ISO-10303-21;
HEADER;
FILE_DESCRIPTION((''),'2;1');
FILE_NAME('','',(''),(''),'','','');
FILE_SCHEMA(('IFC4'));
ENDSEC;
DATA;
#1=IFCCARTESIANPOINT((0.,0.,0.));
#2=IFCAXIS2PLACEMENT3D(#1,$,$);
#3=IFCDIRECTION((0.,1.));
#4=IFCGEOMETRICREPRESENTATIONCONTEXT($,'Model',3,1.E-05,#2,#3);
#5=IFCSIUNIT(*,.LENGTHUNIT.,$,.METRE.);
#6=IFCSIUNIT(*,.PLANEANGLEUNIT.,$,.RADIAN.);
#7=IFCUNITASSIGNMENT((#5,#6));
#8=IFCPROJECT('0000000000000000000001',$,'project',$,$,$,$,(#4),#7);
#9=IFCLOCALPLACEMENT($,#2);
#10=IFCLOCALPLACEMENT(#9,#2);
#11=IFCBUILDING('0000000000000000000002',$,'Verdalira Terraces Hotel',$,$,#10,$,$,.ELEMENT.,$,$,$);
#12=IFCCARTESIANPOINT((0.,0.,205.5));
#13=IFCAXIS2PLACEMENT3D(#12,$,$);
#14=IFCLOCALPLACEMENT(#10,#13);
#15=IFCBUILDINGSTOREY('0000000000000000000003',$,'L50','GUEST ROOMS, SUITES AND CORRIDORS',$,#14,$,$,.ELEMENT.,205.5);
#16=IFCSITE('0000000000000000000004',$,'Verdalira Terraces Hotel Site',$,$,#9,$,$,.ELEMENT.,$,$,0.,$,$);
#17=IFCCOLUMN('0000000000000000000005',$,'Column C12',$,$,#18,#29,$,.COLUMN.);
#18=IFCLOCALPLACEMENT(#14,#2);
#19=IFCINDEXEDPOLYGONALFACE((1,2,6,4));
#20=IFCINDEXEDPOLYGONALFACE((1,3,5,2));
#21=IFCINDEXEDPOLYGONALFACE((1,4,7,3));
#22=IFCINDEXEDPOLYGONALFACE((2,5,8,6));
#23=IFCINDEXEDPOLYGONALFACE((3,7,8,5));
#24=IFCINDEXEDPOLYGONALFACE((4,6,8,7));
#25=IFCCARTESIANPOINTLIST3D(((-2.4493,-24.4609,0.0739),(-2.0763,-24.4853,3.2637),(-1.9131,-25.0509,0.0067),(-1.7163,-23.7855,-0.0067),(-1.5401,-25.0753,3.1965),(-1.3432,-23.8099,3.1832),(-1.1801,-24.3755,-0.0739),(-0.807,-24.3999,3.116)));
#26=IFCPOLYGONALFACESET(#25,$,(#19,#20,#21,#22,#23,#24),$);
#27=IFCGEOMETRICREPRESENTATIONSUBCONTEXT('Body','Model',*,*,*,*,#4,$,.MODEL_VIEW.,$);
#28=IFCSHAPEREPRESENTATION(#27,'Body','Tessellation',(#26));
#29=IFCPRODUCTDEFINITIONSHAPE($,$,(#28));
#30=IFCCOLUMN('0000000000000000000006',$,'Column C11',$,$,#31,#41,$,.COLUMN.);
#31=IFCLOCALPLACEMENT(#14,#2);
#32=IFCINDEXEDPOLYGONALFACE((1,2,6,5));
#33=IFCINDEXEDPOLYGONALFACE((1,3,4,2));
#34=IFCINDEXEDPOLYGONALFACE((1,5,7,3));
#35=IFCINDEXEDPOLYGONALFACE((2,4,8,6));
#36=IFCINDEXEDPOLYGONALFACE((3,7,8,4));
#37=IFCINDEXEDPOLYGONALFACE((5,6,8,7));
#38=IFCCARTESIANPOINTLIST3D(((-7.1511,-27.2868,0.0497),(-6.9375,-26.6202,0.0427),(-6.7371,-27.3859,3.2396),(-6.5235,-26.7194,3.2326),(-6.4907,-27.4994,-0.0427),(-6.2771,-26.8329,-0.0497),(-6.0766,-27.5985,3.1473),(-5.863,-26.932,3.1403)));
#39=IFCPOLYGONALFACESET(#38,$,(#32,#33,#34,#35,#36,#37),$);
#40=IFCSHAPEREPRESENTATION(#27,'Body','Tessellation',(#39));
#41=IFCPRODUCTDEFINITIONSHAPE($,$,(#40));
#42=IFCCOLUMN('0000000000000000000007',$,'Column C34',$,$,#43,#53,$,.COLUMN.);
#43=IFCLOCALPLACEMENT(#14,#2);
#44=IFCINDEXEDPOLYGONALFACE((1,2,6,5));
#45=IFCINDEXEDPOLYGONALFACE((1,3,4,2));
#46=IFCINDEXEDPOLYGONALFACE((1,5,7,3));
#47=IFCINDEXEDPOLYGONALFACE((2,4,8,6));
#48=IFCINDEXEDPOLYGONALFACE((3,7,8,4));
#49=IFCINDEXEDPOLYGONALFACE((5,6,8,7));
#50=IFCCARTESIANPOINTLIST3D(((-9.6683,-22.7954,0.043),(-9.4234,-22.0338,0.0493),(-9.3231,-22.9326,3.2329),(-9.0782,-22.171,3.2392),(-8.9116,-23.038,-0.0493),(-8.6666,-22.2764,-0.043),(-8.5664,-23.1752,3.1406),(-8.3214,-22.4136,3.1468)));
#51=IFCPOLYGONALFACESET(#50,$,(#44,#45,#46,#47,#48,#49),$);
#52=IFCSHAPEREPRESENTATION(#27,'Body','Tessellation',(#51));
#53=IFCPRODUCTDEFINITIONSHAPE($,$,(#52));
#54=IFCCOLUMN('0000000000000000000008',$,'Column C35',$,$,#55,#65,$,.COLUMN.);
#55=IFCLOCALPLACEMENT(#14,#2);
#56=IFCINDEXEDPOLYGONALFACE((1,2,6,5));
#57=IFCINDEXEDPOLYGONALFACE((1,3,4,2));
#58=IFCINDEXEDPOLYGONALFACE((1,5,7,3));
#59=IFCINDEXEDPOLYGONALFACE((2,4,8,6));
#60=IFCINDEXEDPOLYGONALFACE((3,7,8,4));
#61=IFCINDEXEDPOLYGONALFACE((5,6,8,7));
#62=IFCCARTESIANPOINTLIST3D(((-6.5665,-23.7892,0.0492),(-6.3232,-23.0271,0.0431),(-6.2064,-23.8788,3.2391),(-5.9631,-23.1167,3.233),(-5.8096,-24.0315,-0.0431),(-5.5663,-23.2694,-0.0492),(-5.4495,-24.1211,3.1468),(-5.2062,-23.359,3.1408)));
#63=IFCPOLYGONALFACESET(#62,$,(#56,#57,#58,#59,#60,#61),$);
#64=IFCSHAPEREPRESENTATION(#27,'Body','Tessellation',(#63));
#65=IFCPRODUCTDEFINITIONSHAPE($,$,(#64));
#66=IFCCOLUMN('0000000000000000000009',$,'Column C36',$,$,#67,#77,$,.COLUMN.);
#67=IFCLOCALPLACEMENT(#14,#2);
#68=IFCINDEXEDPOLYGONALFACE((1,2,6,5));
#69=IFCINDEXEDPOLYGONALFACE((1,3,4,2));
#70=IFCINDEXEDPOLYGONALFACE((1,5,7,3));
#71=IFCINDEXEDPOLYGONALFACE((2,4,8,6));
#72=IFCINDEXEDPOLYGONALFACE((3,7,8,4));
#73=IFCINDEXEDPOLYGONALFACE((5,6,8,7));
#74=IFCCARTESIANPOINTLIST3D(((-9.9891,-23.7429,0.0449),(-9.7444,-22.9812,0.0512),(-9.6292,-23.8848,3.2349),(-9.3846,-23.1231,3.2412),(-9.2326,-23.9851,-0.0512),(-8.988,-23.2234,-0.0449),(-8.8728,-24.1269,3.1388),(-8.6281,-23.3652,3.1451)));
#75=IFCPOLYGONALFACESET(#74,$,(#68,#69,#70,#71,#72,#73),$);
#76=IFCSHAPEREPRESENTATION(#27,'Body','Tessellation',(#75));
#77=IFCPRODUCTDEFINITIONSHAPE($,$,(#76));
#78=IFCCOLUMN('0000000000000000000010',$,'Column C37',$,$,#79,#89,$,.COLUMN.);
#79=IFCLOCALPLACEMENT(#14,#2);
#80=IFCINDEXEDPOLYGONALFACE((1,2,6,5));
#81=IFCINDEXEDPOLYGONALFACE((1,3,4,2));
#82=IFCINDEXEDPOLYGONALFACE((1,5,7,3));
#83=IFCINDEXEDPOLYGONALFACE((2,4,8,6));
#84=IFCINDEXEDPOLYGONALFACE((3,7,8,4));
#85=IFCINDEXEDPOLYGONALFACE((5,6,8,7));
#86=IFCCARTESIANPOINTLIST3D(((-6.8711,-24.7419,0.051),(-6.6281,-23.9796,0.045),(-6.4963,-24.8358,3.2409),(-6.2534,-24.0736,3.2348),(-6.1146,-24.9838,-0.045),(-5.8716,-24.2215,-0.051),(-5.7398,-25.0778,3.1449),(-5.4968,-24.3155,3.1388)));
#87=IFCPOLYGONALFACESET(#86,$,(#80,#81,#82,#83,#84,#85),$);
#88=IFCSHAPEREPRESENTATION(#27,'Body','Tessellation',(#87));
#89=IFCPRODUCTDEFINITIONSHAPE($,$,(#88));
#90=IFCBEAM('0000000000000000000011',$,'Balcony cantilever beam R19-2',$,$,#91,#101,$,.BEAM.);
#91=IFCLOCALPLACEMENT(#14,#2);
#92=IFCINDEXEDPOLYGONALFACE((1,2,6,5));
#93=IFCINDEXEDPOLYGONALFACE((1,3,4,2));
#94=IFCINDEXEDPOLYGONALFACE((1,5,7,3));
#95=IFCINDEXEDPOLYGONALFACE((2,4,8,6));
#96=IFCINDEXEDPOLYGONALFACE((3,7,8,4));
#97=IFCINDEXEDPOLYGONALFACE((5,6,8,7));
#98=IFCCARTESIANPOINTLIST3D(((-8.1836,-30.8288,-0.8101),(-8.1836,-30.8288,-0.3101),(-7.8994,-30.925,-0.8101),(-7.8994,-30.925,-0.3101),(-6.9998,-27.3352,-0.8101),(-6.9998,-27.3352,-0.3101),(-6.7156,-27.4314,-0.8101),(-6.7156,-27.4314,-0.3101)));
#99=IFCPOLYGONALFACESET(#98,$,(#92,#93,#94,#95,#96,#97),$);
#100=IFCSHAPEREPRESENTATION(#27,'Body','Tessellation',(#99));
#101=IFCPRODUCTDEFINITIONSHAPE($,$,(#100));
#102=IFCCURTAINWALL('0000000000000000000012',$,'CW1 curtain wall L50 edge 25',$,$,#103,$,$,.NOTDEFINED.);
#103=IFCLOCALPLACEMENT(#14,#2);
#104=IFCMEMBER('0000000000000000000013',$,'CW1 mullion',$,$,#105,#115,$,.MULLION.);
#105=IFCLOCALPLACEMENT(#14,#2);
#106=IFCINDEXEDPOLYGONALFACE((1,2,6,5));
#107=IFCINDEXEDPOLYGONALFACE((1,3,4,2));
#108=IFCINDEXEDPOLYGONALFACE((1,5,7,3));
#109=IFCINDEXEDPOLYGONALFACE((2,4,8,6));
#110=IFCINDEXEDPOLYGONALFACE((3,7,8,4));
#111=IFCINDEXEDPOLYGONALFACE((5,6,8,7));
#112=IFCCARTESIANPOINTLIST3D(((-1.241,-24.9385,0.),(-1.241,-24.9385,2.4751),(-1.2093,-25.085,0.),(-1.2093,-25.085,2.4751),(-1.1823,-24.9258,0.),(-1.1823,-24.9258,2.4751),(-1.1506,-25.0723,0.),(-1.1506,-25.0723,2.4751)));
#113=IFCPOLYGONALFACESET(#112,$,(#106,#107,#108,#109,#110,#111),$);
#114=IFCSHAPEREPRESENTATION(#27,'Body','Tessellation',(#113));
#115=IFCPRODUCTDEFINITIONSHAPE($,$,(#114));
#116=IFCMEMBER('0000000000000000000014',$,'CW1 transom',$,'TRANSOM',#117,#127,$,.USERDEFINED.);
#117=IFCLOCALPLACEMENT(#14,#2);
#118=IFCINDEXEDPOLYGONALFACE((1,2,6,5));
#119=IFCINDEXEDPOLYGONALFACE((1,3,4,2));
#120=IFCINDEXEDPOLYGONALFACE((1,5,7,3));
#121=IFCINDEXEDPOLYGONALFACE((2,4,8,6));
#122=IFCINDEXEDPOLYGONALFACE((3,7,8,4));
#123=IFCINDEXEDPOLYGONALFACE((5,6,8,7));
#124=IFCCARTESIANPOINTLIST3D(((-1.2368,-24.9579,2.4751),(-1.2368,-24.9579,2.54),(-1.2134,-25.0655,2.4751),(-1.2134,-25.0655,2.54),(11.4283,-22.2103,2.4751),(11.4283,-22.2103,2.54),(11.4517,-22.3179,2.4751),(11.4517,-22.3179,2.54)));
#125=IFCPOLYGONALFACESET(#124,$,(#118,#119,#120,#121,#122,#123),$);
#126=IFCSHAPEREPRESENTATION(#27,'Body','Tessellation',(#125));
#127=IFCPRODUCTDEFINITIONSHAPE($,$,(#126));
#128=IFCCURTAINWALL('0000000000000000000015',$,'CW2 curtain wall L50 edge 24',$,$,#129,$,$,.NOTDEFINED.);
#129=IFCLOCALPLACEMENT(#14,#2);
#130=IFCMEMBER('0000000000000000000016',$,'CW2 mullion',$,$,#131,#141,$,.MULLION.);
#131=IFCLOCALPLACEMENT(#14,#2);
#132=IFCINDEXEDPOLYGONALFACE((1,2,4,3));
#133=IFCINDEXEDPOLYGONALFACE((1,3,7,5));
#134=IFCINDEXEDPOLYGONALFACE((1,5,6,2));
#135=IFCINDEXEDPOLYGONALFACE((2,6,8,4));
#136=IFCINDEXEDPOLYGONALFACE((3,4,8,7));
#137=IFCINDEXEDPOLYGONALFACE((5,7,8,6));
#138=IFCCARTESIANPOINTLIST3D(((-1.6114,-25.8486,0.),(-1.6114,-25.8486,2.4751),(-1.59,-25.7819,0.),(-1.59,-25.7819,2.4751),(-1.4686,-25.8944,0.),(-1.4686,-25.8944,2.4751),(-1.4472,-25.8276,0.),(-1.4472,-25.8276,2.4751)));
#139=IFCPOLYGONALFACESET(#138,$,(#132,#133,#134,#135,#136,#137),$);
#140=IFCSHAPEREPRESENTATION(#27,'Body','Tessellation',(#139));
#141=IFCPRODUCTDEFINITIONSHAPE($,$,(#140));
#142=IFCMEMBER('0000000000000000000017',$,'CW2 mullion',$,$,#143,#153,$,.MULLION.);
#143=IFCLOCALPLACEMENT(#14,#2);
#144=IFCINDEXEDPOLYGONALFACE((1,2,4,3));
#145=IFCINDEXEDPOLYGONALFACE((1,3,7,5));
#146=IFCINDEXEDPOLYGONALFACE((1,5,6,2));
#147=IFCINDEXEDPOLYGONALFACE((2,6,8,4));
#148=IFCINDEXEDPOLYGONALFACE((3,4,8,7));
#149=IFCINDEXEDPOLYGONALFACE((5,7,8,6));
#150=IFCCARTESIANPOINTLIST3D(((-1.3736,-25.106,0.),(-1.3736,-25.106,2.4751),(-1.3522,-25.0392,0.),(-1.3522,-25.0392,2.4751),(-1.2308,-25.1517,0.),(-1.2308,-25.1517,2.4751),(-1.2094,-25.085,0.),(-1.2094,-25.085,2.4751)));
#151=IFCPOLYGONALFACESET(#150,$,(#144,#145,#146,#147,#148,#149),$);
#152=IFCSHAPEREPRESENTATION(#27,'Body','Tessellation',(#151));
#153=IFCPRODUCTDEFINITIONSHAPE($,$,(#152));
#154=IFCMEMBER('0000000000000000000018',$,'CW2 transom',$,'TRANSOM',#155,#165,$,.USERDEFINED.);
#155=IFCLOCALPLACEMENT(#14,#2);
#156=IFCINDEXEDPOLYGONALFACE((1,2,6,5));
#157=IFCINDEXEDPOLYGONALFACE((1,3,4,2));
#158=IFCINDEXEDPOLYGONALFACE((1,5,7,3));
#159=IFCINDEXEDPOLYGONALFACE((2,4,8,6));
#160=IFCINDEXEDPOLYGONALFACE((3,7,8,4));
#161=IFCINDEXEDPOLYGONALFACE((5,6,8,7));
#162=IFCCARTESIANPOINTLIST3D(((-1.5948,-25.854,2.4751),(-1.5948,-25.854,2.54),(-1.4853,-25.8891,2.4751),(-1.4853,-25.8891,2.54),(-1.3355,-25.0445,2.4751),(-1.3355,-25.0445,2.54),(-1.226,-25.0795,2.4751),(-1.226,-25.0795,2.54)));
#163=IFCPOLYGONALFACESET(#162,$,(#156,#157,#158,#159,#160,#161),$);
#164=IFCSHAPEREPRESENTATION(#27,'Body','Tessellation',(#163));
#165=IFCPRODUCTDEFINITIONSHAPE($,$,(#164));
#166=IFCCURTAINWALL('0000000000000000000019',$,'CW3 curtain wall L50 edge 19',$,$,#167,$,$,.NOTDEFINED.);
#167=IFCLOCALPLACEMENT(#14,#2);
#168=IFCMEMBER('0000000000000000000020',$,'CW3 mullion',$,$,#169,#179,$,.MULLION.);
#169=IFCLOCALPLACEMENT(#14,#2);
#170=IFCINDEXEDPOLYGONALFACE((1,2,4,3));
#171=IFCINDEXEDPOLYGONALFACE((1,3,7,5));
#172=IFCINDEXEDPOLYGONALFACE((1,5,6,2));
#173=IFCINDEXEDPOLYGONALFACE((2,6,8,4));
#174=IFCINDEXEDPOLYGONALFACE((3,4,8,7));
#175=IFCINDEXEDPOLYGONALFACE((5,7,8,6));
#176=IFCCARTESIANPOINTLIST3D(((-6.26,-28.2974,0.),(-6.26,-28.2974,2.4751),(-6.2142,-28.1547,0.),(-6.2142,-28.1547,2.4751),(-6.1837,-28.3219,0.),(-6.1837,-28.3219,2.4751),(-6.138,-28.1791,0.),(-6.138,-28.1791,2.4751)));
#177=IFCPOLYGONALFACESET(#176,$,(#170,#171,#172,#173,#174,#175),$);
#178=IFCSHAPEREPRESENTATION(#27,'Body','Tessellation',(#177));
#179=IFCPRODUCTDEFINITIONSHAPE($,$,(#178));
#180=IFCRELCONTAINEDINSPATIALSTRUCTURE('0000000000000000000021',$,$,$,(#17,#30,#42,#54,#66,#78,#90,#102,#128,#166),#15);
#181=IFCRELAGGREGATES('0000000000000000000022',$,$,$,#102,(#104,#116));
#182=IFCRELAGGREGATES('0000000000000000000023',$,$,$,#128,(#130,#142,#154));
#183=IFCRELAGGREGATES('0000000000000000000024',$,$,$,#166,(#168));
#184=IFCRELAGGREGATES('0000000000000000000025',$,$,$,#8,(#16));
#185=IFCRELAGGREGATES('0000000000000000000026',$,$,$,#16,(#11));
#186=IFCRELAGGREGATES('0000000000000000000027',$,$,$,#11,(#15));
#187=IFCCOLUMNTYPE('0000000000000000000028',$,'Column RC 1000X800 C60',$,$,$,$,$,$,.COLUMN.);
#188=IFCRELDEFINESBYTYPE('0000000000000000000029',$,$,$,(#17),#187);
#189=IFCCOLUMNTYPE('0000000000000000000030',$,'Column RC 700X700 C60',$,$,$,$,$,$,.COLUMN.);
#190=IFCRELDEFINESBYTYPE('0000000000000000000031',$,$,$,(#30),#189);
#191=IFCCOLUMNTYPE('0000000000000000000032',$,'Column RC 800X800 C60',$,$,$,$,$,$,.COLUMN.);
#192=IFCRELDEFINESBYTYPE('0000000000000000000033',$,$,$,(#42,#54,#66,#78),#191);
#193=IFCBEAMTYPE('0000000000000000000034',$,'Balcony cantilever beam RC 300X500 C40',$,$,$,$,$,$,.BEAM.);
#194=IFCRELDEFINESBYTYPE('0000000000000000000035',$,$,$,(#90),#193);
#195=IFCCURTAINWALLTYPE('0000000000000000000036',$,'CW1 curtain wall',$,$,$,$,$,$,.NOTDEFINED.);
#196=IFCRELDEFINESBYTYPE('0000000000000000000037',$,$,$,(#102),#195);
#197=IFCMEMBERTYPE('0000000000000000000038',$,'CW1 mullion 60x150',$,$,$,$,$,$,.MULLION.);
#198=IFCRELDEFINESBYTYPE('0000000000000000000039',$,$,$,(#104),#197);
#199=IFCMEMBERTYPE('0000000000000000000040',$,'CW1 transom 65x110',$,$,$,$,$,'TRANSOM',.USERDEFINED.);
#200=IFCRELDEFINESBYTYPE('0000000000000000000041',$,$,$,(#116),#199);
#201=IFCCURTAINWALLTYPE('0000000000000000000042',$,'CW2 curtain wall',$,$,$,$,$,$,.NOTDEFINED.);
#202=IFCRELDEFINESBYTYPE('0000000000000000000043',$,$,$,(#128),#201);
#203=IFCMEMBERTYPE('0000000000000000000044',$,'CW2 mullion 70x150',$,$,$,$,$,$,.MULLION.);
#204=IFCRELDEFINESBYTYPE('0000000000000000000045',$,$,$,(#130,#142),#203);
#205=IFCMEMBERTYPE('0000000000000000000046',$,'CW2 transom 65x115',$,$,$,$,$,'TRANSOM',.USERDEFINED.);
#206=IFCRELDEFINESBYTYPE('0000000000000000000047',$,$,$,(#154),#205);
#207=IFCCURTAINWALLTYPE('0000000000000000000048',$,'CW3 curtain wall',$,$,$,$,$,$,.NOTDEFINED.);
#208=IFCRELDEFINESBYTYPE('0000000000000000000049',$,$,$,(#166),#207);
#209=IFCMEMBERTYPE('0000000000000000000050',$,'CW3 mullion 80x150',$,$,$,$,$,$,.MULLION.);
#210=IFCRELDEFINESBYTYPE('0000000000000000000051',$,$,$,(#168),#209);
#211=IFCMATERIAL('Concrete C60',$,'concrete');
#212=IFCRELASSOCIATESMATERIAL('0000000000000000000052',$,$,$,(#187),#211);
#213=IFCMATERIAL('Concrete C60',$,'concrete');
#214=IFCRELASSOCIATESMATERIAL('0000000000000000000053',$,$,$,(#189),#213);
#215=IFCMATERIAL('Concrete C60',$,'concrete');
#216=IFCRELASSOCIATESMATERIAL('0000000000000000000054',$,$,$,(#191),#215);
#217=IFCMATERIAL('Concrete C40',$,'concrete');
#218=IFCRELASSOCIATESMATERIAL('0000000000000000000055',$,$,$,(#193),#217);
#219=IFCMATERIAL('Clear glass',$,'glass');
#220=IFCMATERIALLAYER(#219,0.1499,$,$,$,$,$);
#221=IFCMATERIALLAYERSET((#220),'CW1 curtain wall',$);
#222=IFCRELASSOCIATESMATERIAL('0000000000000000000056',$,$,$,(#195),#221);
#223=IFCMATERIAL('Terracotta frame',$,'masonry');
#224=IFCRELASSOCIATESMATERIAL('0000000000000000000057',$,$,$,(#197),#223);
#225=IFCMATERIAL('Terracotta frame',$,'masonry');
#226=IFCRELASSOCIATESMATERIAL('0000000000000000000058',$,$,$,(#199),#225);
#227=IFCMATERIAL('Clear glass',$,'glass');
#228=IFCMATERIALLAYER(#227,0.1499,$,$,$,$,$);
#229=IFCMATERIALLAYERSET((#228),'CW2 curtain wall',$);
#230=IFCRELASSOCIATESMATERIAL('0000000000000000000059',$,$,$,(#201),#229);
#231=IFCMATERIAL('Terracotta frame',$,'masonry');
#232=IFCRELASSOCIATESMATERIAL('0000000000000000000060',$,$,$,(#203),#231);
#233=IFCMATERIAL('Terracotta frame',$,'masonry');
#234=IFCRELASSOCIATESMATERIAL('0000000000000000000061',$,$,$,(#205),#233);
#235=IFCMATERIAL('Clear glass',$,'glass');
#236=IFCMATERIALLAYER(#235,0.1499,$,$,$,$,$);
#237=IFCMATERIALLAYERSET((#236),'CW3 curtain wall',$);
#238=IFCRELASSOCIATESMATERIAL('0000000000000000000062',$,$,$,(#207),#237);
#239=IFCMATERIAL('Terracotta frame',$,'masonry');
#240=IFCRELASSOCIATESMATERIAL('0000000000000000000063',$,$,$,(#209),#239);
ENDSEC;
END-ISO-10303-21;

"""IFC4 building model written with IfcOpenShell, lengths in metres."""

from ifc_helpers import new_model, si_unit, direction, frame, origin, origin_2d, place, context, subcontext, project, spatial, rectangle, extrude, material, layer, layer_set, material_profile, profile_set, type_object, element, aggregate, save


model = new_model("IFC4")

# Units and contexts
model_context = context("Model", 3, precision=1e-05, world=origin(), true_north=direction((0.0, 1.0)))
body_context = subcontext(model_context, "Body", "Model", "MODEL_VIEW")
ifc_project = project(units=[si_unit("LENGTHUNIT", "METRE"), si_unit("PLANEANGLEUNIT", "RADIAN")], contexts=[model_context])

# Site, building, storey
site_placement = place(None, origin())
site = spatial("IfcSite", under=ifc_project, at=site_placement, Name="Verdalira Terraces Hotel Site", CompositionType="ELEMENT", RefElevation=0.0)
building_placement = place(site_placement, origin())
building = spatial("IfcBuilding", under=site, at=building_placement, Name="Verdalira Terraces Hotel", CompositionType="ELEMENT")
storey_placement = place(building_placement, frame((0.0, 0.0, 205.5)))
storey = spatial("IfcBuildingStorey", under=building, at=storey_placement, Name="L50", Description="GUEST ROOMS, SUITES AND CORRIDORS", CompositionType="ELEMENT", Elevation=205.5)

# Columns
ifc_material_1 = material(Name="Concrete C60", Category="concrete")
ifc_material_profile_1 = material_profile(ifc_material_1, rectangle(XDim=1.0, YDim=0.8, at=origin_2d()), Name="RC 1000X800")
ifc_profile_set_1 = profile_set([ifc_material_profile_1], Name="Concrete C60")
column_type_1 = type_object("IfcColumnType", Name="Column RC 1000X800 C60", PredefinedType="COLUMN", material=ifc_profile_set_1)
column_1_placement = place(storey_placement, frame((-1.8147, -24.4182, 0.0), z_axis=(0.11615, -0.007601, 0.993203), x_axis=(-0.733039, -0.675399, 0.080556)))
element("IfcColumn", 1, at=column_1_placement, inside=storey, type_object=column_type_1, Name="Column C12", PredefinedType="COLUMN", context=body_context, shape_type="SweptSolid", body=[
    extrude(rectangle(XDim=1.0, YDim=0.8, at=origin_2d()), origin(), (0.0, 0.0, 1.0), 3.2117),
])
ifc_material_2 = material(Name="Concrete C60", Category="concrete")
ifc_material_profile_2 = material_profile(ifc_material_2, rectangle(XDim=0.7, YDim=0.7, at=origin_2d()), Name="RC 700X700")
ifc_profile_set_2 = profile_set([ifc_material_profile_2], Name="Concrete C60")
column_type_2 = type_object("IfcColumnType", Name="Column RC 700X700 C60", PredefinedType="COLUMN", material=ifc_profile_set_2)
column_2_placement = place(storey_placement, frame((-6.7141, -27.0598, 0.0), z_axis=(0.128662, -0.0308, 0.99121), x_axis=(0.943575, -0.303751, -0.131917)))
element("IfcColumn", 2, at=column_2_placement, inside=storey, type_object=column_type_2, Name="Column C11", PredefinedType="COLUMN", context=body_context, shape_type="SweptSolid", body=[
    extrude(rectangle(XDim=0.7, YDim=0.7, at=origin_2d()), origin(), (0.0, 0.0, 1.0), 3.2183),
])
ifc_material_3 = material(Name="Concrete C60", Category="concrete")
ifc_material_profile_3 = material_profile(ifc_material_3, rectangle(XDim=0.8, YDim=0.8, at=origin_2d()), Name="RC 800X800")
ifc_profile_set_3 = profile_set([ifc_material_profile_3], Name="Concrete C60")
column_type_3 = type_object("IfcColumnType", Name="Column RC 800X800 C60", PredefinedType="COLUMN", material=ifc_profile_set_3)
for number, where, z_axis, x_axis, name in (
    (3, (-9.1675, -22.5359, 0.0), (0.107493, -0.042724, 0.993287), (-0.306207, -0.951933, -0.007807), "Column C34"),
    (4, (-6.0664, -23.5293, 0.0), (0.112132, -0.0279, 0.993302), (-0.304105, -0.952608, 0.007573), "Column C35"),
):
    element("IfcColumn", number, at=place(storey_placement, frame(where, z_axis=z_axis, x_axis=x_axis)), inside=storey, type_object=column_type_3, Name=name, PredefinedType="COLUMN", context=body_context, shape_type="SweptSolid", body=[
        extrude(rectangle(XDim=0.8, YDim=0.8, at=origin_2d()), origin(), (0.0, 0.0, 1.0), 3.2114),
    ])
column_3_placement = place(storey_placement, frame((-9.4885, -23.4832, 0.0), z_axis=(0.111992, -0.044143, 0.992728), x_axis=(-0.305779, -0.95207, -0.00784)))
element("IfcColumn", 5, at=column_3_placement, inside=storey, type_object=column_type_3, Name="Column C36", PredefinedType="COLUMN", context=body_context, shape_type="SweptSolid", body=[
    extrude(rectangle(XDim=0.8, YDim=0.8, at=origin_2d()), origin(), (0.0, 0.0, 1.0), 3.2134),
])
column_4_placement = place(storey_placement, frame((-6.3713, -24.4817, 0.0), z_axis=(0.116628, -0.029252, 0.992745), x_axis=(-0.303692, -0.95274, 0.007605)))
element("IfcColumn", 6, at=column_4_placement, inside=storey, type_object=column_type_3, Name="Column C37", PredefinedType="COLUMN", context=body_context, shape_type="SweptSolid", body=[
    extrude(rectangle(XDim=0.8, YDim=0.8, at=origin_2d()), origin(), (0.0, 0.0, 1.0), 3.2131),
])

# Beam
ifc_material_4 = material(Name="Concrete C40", Category="concrete")
ifc_material_profile_4 = material_profile(ifc_material_4, rectangle(XDim=0.3, YDim=0.5, at=origin_2d()), Name="RC 300X500")
ifc_profile_set_4 = profile_set([ifc_material_profile_4], Name="Concrete C40")
beam_type_1 = type_object("IfcBeamType", Name="Balcony cantilever beam RC 300X500 C40", PredefinedType="BEAM", material=ifc_profile_set_4)
beam_1_placement = place(storey_placement, frame((-6.8577, -27.3833, -0.5601), z_axis=(-0.32093, -0.947103, 0.0), x_axis=(0.947103, -0.32093, 0.0)))
element("IfcBeam", 7, at=beam_1_placement, inside=storey, type_object=beam_type_1, Name="Balcony cantilever beam R19-2", PredefinedType="BEAM", context=body_context, shape_type="SweptSolid", body=[
    extrude(rectangle(XDim=0.3, YDim=0.5, at=origin_2d()), origin(), (0.0, 0.0, 1.0), 3.6887),
])

# Curtain walls, members
ifc_material_5 = material(Name="Clear glass", Category="glass")
ifc_layer_1 = layer(ifc_material_5, 0.1499)
ifc_layer_set_1 = layer_set([ifc_layer_1], Name="CW1 curtain wall")
curtain_wall_type_1 = type_object("IfcCurtainWallType", Name="CW1 curtain wall", PredefinedType="NOTDEFINED", material=ifc_layer_set_1)
curtain_wall_1_placement = place(storey_placement, origin())
curtain_wall_1 = element("IfcCurtainWall", 8, at=curtain_wall_1_placement, inside=storey, type_object=curtain_wall_type_1, Name="CW1 curtain wall L50 edge 25", PredefinedType="NOTDEFINED")
ifc_material_6 = material(Name="Terracotta frame", Category="masonry")
ifc_material_profile_5 = material_profile(ifc_material_6, rectangle(XDim=0.0601, YDim=0.1499, at=origin_2d()), Name="MU 60x150")
ifc_profile_set_5 = profile_set([ifc_material_profile_5], Name="Terracotta frame")
member_type_1 = type_object("IfcMemberType", Name="CW1 mullion 60x150", PredefinedType="MULLION", material=ifc_profile_set_5)
member_1_placement = place(storey_placement, frame((-1.1958, -25.0054, 0.0), z_axis=(0.0, 0.0, 1.0), x_axis=(0.977268, 0.212007, 0.0)))
member_1 = element("IfcMember", 9, at=member_1_placement, type_object=member_type_1, Name="CW1 mullion", PredefinedType="MULLION", context=body_context, shape_type="SweptSolid", body=[
    extrude(rectangle(XDim=0.0601, YDim=0.1499, at=origin_2d()), origin(), (0.0, 0.0, 1.0), 2.4751),
])
ifc_material_7 = material(Name="Terracotta frame", Category="masonry")
ifc_material_profile_6 = material_profile(ifc_material_7, rectangle(XDim=0.1101, YDim=0.0649, at=origin_2d()), Name="TR 65x110")
ifc_profile_set_6 = profile_set([ifc_material_profile_6], Name="Terracotta frame")
member_type_2 = type_object("IfcMemberType", Name="CW1 transom 65x110", ElementType="TRANSOM", PredefinedType="USERDEFINED", material=ifc_profile_set_6)
member_2_placement = place(storey_placement, frame((-1.2251, -25.0117, 2.5076), z_axis=(0.977268, 0.212009, 0.0), x_axis=(-0.212009, 0.977268, 0.0)))
member_2 = element("IfcMember", 10, at=member_2_placement, type_object=member_type_2, Name="CW1 transom", ObjectType="TRANSOM", PredefinedType="USERDEFINED", context=body_context, shape_type="SweptSolid", body=[
    extrude(rectangle(XDim=0.1101, YDim=0.0649, at=origin_2d()), origin(), (0.0, 0.0, 1.0), 12.9597),
])
aggregate(curtain_wall_1, [member_1, member_2])
ifc_material_8 = material(Name="Clear glass", Category="glass")
ifc_layer_2 = layer(ifc_material_8, 0.1499)
ifc_layer_set_2 = layer_set([ifc_layer_2], Name="CW2 curtain wall")
curtain_wall_type_2 = type_object("IfcCurtainWallType", Name="CW2 curtain wall", PredefinedType="NOTDEFINED", material=ifc_layer_set_2)
curtain_wall_2_placement = place(storey_placement, origin())
curtain_wall_2 = element("IfcCurtainWall", 11, at=curtain_wall_2_placement, inside=storey, type_object=curtain_wall_type_2, Name="CW2 curtain wall L50 edge 24", PredefinedType="NOTDEFINED")
ifc_material_9 = material(Name="Terracotta frame", Category="masonry")
ifc_material_profile_7 = material_profile(ifc_material_9, rectangle(XDim=0.0701, YDim=0.1499, at=origin_2d()), Name="MU 70x150")
ifc_profile_set_7 = profile_set([ifc_material_profile_7], Name="Terracotta frame")
member_type_3 = type_object("IfcMemberType", Name="CW2 mullion 70x150", PredefinedType="MULLION", material=ifc_profile_set_7)
member_3_placement = place(storey_placement, frame((-1.5293, -25.8381, 0.0), z_axis=(0.0, 0.0, 1.0), x_axis=(0.305031, 0.952343, 0.0)))
member_3 = element("IfcMember", 12, at=member_3_placement, type_object=member_type_3, Name="CW2 mullion", PredefinedType="MULLION", context=body_context, shape_type="SweptSolid", body=[
    extrude(rectangle(XDim=0.0701, YDim=0.1499, at=origin_2d()), origin(), (0.0, 0.0, 1.0), 2.4751),
])
member_4_placement = place(storey_placement, frame((-1.2915, -25.0955, 0.0), z_axis=(0.0, 0.0, 1.0), x_axis=(0.305031, 0.952343, 0.0)))
member_4 = element("IfcMember", 13, at=member_4_placement, type_object=member_type_3, Name="CW2 mullion", PredefinedType="MULLION", context=body_context, shape_type="SweptSolid", body=[
    extrude(rectangle(XDim=0.0701, YDim=0.1499, at=origin_2d()), origin(), (0.0, 0.0, 1.0), 2.4751),
])
ifc_material_10 = material(Name="Terracotta frame", Category="masonry")
ifc_material_profile_8 = material_profile(ifc_material_10, rectangle(XDim=0.115, YDim=0.0649, at=origin_2d()), Name="TR 65x115")
ifc_profile_set_8 = profile_set([ifc_material_profile_8], Name="Terracotta frame")
member_type_4 = type_object("IfcMemberType", Name="CW2 transom 65x115", ElementType="TRANSOM", PredefinedType="USERDEFINED", material=ifc_profile_set_8)
member_5_placement = place(storey_placement, frame((-1.54, -25.8716, 2.5076), z_axis=(0.305005, 0.952351, 0.0), x_axis=(-0.952351, 0.305005, 0.0)))
member_5 = element("IfcMember", 14, at=member_5_placement, type_object=member_type_4, Name="CW2 transom", ObjectType="TRANSOM", PredefinedType="USERDEFINED", context=body_context, shape_type="SweptSolid", body=[
    extrude(rectangle(XDim=0.115, YDim=0.0649, at=origin_2d()), origin(), (0.0, 0.0, 1.0), 0.8501),
])

# Curtain wall, member
ifc_material_11 = material(Name="Clear glass", Category="glass")
ifc_layer_3 = layer(ifc_material_11, 0.1499)
ifc_layer_set_3 = layer_set([ifc_layer_3], Name="CW3 curtain wall")
curtain_wall_type_3 = type_object("IfcCurtainWallType", Name="CW3 curtain wall", PredefinedType="NOTDEFINED", material=ifc_layer_set_3)
curtain_wall_3_placement = place(storey_placement, origin())
curtain_wall_3 = element("IfcCurtainWall", 15, at=curtain_wall_3_placement, inside=storey, type_object=curtain_wall_type_3, Name="CW3 curtain wall L50 edge 19", PredefinedType="NOTDEFINED")
ifc_material_12 = material(Name="Terracotta frame", Category="masonry")
ifc_material_profile_9 = material_profile(ifc_material_12, rectangle(XDim=0.0801, YDim=0.1499, at=origin_2d()), Name="MU 80x150")
ifc_profile_set_9 = profile_set([ifc_material_profile_9], Name="Terracotta frame")
member_type_5 = type_object("IfcMemberType", Name="CW3 mullion 80x150", PredefinedType="MULLION", material=ifc_profile_set_9)
member_6_placement = place(storey_placement, frame((-6.199, -28.2383, 0.0), z_axis=(0.0, 0.0, 1.0), x_axis=(0.952343, -0.305031, 0.0)))
member_6 = element("IfcMember", 16, at=member_6_placement, type_object=member_type_5, Name="CW3 mullion", PredefinedType="MULLION", context=body_context, shape_type="SweptSolid", body=[
    extrude(rectangle(XDim=0.0801, YDim=0.1499, at=origin_2d()), origin(), (0.0, 0.0, 1.0), 2.4751),
])

aggregate(curtain_wall_2, [member_3, member_4, member_5])
aggregate(curtain_wall_3, [member_6])

save(model, "model.ifc")
